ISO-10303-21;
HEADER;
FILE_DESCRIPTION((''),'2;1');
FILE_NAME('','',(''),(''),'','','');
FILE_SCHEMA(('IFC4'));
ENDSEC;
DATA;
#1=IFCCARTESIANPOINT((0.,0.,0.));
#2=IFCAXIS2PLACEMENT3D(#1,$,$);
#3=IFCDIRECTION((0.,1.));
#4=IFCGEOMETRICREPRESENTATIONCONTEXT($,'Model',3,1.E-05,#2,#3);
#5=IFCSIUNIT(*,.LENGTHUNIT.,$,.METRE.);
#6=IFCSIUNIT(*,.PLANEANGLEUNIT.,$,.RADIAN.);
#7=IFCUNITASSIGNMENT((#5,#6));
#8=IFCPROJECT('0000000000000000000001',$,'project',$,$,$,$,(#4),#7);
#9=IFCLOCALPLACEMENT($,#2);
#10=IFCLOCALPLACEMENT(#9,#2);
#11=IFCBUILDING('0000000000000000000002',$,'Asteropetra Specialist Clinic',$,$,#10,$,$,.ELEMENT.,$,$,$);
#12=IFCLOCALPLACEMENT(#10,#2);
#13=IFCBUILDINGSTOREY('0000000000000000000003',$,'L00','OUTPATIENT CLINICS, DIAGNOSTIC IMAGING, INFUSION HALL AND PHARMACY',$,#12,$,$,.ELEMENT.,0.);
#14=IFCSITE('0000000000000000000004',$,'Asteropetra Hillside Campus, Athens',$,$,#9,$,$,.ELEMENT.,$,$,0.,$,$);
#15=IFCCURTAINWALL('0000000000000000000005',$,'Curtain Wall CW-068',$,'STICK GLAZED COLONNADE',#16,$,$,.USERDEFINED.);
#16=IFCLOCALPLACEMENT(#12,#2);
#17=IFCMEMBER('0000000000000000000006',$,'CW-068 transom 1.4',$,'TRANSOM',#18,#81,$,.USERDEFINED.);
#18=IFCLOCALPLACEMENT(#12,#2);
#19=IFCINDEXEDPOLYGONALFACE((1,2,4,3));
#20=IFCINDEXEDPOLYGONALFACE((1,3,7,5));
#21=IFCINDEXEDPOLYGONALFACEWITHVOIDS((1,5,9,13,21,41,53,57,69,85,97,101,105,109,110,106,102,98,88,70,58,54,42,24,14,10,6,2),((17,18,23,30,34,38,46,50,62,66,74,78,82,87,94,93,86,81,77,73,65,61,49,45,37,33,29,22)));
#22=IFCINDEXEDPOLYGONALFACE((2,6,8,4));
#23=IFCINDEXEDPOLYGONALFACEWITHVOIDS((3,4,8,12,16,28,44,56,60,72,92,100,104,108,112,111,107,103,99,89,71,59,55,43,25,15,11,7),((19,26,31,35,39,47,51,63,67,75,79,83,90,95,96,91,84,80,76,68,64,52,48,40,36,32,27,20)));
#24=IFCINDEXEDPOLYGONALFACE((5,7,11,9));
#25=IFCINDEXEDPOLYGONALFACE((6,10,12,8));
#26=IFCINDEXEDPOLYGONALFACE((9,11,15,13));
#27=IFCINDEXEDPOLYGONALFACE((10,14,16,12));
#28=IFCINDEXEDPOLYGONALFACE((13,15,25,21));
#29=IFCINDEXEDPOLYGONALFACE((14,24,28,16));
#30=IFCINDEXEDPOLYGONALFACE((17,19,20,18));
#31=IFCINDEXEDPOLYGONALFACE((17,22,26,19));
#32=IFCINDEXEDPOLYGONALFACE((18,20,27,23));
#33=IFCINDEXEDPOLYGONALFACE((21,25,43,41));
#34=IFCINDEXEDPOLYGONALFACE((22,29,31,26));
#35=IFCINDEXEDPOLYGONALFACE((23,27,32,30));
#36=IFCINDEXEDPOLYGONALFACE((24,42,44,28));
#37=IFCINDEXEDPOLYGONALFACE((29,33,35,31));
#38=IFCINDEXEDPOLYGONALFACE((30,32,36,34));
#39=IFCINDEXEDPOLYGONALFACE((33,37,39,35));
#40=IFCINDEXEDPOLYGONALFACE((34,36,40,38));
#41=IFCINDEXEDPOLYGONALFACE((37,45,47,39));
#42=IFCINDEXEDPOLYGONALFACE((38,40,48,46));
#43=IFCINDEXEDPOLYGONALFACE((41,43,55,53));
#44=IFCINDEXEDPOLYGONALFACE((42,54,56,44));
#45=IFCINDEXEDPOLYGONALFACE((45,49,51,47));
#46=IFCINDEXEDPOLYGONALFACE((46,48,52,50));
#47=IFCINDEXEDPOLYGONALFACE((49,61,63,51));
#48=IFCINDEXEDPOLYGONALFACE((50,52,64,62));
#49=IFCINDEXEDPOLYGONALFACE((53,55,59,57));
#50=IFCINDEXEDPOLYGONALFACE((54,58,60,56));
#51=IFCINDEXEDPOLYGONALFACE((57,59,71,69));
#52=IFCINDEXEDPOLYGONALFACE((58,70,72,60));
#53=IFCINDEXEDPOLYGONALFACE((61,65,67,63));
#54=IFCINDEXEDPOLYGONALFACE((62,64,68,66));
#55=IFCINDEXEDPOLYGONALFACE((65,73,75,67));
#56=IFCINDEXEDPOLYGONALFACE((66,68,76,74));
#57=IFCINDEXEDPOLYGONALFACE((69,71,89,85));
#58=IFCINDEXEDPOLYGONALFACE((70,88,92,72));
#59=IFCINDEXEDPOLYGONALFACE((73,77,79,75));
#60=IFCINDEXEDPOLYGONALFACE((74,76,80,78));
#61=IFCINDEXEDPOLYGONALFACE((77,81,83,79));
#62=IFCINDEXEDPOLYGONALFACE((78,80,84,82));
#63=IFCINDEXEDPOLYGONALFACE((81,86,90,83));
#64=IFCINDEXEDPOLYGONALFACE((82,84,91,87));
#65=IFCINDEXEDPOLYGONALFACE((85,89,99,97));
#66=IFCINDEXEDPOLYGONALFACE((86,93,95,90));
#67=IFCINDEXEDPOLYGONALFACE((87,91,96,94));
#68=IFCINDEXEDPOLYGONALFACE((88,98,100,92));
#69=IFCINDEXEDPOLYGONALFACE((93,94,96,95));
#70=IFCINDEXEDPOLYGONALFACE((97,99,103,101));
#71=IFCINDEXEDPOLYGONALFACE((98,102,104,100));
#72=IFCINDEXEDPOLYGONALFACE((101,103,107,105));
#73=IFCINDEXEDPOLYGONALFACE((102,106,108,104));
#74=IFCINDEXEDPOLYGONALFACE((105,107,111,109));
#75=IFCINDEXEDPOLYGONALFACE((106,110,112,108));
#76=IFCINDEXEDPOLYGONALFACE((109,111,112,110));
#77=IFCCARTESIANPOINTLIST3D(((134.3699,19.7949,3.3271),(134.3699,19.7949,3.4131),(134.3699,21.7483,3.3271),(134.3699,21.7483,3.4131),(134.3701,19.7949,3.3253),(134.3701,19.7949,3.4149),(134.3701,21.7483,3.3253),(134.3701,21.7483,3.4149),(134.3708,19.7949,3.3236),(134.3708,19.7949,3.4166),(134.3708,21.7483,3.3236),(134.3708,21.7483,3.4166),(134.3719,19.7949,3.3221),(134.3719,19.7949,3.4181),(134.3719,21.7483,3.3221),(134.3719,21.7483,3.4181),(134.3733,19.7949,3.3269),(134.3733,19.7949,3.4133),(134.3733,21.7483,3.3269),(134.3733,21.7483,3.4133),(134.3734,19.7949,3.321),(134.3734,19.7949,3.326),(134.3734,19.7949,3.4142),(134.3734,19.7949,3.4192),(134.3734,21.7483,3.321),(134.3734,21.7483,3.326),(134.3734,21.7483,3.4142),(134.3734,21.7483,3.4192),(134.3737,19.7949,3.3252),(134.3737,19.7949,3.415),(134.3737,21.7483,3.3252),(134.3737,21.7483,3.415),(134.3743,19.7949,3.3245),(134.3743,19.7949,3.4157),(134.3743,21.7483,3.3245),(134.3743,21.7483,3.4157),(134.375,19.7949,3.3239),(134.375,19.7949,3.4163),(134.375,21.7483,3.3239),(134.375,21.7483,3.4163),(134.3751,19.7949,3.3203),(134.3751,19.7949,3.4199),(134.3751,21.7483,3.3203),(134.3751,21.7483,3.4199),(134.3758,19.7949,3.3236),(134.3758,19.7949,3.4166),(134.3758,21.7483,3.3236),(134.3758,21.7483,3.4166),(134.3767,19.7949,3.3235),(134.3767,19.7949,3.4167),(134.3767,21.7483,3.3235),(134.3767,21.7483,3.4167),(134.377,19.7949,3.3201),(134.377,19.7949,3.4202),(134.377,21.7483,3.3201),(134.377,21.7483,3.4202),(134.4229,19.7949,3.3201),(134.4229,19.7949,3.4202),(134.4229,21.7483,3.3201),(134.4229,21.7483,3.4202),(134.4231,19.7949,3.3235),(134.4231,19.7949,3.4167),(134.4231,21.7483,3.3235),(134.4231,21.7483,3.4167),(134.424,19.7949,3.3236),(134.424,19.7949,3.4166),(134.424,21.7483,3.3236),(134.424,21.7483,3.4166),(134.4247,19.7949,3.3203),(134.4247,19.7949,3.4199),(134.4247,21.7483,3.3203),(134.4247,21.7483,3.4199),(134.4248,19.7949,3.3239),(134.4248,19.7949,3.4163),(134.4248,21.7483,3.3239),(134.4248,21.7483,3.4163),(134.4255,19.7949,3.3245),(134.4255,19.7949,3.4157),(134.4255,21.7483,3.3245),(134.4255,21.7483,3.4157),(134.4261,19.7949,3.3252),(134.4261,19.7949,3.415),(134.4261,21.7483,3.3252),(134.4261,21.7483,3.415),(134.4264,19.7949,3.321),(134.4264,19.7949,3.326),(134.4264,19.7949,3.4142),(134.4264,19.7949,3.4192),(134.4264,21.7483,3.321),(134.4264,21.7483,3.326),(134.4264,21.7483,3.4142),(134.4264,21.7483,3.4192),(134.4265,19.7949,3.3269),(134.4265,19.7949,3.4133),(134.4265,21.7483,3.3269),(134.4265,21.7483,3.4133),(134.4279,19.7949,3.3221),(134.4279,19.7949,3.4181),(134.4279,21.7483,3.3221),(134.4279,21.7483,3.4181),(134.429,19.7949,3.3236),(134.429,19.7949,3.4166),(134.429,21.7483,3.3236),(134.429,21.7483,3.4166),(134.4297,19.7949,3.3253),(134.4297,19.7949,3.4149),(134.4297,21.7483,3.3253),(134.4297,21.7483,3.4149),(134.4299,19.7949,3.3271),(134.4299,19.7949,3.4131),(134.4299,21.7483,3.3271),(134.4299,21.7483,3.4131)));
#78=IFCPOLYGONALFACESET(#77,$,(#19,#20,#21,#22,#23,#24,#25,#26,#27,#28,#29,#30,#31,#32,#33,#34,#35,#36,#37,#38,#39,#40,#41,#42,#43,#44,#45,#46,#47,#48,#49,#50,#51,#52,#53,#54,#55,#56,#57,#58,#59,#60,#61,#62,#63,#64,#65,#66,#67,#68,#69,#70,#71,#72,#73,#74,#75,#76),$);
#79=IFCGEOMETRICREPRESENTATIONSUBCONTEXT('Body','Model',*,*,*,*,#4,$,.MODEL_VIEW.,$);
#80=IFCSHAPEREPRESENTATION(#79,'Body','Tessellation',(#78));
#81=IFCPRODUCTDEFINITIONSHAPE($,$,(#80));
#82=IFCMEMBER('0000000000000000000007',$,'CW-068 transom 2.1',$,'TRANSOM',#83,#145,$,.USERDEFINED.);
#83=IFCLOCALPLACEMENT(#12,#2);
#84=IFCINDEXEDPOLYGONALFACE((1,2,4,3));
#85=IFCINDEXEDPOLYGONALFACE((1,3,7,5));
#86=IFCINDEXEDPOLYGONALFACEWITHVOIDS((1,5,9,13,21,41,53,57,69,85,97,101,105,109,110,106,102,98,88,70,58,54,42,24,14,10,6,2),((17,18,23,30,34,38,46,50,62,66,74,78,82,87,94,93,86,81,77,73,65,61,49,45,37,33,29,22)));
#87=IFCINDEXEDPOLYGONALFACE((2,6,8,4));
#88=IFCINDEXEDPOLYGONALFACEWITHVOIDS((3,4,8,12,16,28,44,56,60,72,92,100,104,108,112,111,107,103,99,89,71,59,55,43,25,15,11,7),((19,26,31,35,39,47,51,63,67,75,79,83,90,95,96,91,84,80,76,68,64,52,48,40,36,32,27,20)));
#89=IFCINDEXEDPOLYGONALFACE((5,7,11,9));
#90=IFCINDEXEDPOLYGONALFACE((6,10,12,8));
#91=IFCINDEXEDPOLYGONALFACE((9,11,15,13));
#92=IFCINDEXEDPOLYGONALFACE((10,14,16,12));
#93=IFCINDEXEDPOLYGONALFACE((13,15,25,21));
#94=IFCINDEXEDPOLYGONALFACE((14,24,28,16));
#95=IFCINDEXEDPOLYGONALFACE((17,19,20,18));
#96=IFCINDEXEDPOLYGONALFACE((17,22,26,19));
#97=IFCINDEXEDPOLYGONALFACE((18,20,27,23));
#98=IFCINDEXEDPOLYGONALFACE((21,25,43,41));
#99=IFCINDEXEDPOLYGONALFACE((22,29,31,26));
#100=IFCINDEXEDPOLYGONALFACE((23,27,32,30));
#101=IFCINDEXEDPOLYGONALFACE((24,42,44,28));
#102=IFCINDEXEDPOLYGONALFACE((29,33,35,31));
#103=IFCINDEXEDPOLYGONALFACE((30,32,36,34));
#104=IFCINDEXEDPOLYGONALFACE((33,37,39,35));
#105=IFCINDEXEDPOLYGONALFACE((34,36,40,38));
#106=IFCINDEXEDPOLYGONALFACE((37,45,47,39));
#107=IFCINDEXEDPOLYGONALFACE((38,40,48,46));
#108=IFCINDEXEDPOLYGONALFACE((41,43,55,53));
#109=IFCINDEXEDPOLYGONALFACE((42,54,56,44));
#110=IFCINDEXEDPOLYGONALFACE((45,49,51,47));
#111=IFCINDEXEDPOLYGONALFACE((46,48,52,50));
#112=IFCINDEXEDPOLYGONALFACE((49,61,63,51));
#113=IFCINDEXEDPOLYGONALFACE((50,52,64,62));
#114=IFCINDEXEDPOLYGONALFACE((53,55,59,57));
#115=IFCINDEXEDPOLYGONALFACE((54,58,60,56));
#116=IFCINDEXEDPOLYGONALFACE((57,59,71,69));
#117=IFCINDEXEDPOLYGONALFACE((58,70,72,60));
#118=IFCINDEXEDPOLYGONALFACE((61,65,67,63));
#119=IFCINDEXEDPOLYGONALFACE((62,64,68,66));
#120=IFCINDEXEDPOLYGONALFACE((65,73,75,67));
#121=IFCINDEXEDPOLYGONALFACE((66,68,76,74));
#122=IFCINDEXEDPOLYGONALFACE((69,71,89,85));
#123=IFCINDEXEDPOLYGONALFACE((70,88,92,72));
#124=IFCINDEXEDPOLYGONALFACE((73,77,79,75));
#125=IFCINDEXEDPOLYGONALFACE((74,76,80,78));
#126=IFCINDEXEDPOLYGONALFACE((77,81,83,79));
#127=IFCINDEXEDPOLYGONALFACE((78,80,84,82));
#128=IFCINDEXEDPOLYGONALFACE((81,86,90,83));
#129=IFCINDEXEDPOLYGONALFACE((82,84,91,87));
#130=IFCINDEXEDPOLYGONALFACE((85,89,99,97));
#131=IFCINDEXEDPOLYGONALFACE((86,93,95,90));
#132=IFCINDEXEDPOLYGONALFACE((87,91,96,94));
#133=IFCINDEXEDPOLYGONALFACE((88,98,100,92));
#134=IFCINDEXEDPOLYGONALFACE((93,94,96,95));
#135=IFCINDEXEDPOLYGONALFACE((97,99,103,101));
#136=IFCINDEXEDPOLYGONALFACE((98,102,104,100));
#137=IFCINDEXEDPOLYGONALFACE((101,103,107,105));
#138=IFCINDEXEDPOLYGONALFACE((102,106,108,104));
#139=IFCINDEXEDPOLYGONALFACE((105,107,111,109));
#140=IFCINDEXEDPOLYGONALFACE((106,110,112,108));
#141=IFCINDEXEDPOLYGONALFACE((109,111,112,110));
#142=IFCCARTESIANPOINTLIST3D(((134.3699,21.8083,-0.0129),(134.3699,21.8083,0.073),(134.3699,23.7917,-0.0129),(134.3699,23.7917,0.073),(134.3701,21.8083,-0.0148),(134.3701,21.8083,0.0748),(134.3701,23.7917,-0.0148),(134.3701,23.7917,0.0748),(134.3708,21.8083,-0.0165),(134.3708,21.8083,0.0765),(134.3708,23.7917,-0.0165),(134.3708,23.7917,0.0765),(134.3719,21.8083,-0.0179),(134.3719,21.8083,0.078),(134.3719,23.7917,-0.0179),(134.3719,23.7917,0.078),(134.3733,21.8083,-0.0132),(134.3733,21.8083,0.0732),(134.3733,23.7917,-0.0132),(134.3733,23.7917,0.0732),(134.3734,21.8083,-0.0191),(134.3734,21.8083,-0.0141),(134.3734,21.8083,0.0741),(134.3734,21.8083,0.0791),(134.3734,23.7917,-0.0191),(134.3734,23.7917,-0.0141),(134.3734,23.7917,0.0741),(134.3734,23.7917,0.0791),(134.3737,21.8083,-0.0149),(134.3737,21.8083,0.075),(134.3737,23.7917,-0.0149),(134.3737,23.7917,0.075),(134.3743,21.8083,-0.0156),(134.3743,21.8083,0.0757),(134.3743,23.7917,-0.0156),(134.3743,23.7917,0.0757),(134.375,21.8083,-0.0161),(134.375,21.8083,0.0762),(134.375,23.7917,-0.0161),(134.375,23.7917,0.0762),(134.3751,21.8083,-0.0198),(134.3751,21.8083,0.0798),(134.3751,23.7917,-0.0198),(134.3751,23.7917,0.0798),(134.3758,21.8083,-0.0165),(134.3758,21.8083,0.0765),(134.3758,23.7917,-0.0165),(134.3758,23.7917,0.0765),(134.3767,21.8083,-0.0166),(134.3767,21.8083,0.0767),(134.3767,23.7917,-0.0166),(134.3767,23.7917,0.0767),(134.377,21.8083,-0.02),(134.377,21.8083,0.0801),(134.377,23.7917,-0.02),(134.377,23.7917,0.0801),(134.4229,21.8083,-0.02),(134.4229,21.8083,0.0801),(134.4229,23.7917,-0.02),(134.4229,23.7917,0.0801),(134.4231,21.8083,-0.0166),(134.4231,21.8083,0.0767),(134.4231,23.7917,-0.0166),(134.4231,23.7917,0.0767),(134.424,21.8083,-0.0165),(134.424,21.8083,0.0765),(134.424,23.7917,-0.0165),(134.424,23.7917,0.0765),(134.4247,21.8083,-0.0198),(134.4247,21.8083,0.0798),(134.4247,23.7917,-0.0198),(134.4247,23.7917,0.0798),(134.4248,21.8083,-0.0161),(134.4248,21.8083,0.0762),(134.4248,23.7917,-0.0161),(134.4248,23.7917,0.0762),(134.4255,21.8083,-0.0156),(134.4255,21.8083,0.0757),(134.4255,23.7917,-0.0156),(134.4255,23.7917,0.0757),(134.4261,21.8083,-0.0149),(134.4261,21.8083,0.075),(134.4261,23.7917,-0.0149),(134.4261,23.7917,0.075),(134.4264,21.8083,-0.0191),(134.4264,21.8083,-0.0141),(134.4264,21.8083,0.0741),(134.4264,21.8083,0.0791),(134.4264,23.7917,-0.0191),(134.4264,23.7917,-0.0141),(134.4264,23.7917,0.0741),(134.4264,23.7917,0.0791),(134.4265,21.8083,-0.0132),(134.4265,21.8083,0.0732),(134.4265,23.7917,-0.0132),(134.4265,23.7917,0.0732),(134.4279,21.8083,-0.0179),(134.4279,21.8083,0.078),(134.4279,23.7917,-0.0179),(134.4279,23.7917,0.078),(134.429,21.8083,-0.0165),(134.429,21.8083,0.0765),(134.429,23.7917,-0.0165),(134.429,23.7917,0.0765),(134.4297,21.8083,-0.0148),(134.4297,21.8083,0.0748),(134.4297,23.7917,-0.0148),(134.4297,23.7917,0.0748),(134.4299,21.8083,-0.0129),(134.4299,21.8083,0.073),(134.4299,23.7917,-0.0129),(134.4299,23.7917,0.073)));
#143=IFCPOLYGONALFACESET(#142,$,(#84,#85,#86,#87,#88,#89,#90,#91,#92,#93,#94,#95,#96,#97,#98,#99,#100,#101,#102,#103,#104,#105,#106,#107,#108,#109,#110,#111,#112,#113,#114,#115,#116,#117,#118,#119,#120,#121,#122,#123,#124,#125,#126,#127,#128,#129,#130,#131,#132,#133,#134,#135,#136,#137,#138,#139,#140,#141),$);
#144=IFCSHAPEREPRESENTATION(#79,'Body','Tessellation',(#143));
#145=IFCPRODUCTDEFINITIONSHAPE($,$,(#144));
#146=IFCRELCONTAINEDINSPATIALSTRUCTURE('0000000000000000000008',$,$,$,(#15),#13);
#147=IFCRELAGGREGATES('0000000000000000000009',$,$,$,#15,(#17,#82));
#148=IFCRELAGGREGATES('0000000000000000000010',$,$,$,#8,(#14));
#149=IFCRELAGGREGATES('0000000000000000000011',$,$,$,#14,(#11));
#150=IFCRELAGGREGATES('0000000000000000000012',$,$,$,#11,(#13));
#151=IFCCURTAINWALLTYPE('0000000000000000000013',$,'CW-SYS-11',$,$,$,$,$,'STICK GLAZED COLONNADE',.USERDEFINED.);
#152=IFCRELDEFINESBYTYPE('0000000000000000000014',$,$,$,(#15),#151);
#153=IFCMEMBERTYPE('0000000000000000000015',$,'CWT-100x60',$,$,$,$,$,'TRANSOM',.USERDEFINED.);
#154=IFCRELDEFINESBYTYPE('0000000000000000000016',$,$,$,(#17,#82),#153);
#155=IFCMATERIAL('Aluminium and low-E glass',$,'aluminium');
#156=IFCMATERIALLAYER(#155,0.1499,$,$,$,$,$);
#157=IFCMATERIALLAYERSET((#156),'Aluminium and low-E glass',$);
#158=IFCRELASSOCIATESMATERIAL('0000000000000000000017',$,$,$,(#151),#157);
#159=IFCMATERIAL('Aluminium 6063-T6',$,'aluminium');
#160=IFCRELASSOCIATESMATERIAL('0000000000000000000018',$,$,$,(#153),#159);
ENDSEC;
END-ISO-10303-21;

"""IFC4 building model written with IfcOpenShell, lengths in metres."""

from ifc_helpers import new_model, si_unit, direction, frame, origin, origin_2d, place, context, subcontext, project, spatial, hollow_rectangle, extrude, material, layer, layer_set, material_profile, profile_set, type_object, element, aggregate, save


model = new_model("IFC4")

# Units and contexts
model_context = context("Model", 3, precision=1e-05, world=origin(), true_north=direction((0.0, 1.0)))
body_context = subcontext(model_context, "Body", "Model", "MODEL_VIEW")
ifc_project = project(units=[si_unit("LENGTHUNIT", "METRE"), si_unit("PLANEANGLEUNIT", "RADIAN")], contexts=[model_context])

# Site, building, storey
site_placement = place(None, origin())
site = spatial("IfcSite", under=ifc_project, at=site_placement, Name="Asteropetra Hillside Campus, Athens", CompositionType="ELEMENT", RefElevation=0.0)
building_placement = place(site_placement, origin())
building = spatial("IfcBuilding", under=site, at=building_placement, Name="Asteropetra Specialist Clinic", CompositionType="ELEMENT")
storey_placement = place(building_placement, origin())
storey = spatial("IfcBuildingStorey", under=building, at=storey_placement, Name="L00", Description="OUTPATIENT CLINICS, DIAGNOSTIC IMAGING, INFUSION HALL AND PHARMACY", CompositionType="ELEMENT", Elevation=0.0)

# Curtain wall, members
ifc_material_1 = material(Name="Aluminium and low-E glass", Category="aluminium")
ifc_layer_1 = layer(ifc_material_1, 0.1499)
ifc_layer_set_1 = layer_set([ifc_layer_1], Name="Aluminium and low-E glass")
curtain_wall_type = type_object("IfcCurtainWallType", Name="CW-SYS-11", ElementType="STICK GLAZED COLONNADE", PredefinedType="USERDEFINED", material=ifc_layer_set_1)
curtain_wall_placement = place(storey_placement, origin())
curtain_wall = element("IfcCurtainWall", 1, at=curtain_wall_placement, inside=storey, type_object=curtain_wall_type, Name="Curtain Wall CW-068", ObjectType="STICK GLAZED COLONNADE", PredefinedType="USERDEFINED")
ifc_material_2 = material(Name="Aluminium 6063-T6", Category="aluminium")
ifc_material_profile_1 = material_profile(ifc_material_2, hollow_rectangle(XDim=0.0601, YDim=0.1001, WallThickness=0.0034, InnerFilletRadius=0.0034, OuterFilletRadius=0.0071, at=origin_2d()), Name="TRN 100x60x3.5")
ifc_profile_set_1 = profile_set([ifc_material_profile_1], Name="Aluminium 6063-T6")
member_type_1 = type_object("IfcMemberType", Name="CWT-100x60", ElementType="TRANSOM", PredefinedType="USERDEFINED", material=ifc_profile_set_1)
member_1_placement = place(storey_placement, frame((134.3999, 19.7949, 3.3701), z_axis=(0.0, 1.0, 0.0), x_axis=(-1.0, 0.0, 0.0)))
member_1 = element("IfcMember", 2, at=member_1_placement, type_object=member_type_1, Name="CW-068 transom 1.4", ObjectType="TRANSOM", PredefinedType="USERDEFINED", context=body_context, shape_type="SweptSolid", body=[
    extrude(hollow_rectangle(XDim=0.0601, YDim=0.1001, WallThickness=0.0034, InnerFilletRadius=0.0034, OuterFilletRadius=0.0071, at=origin_2d()), origin(), (0.0, 0.0, 1.0), 1.9534),
])
member_2_placement = place(storey_placement, frame((134.3999, 21.8083, 0.03), z_axis=(0.0, 1.0, 0.0), x_axis=(-1.0, 0.0, 0.0)))
member_2 = element("IfcMember", 3, at=member_2_placement, type_object=member_type_1, Name="CW-068 transom 2.1", ObjectType="TRANSOM", PredefinedType="USERDEFINED", context=body_context, shape_type="SweptSolid", body=[
    extrude(hollow_rectangle(XDim=0.0601, YDim=0.1001, WallThickness=0.0034, InnerFilletRadius=0.0034, OuterFilletRadius=0.0071, at=origin_2d()), origin(), (0.0, 0.0, 1.0), 1.9834),
])
aggregate(curtain_wall, [member_1, member_2])

save(model, "model.ifc")
